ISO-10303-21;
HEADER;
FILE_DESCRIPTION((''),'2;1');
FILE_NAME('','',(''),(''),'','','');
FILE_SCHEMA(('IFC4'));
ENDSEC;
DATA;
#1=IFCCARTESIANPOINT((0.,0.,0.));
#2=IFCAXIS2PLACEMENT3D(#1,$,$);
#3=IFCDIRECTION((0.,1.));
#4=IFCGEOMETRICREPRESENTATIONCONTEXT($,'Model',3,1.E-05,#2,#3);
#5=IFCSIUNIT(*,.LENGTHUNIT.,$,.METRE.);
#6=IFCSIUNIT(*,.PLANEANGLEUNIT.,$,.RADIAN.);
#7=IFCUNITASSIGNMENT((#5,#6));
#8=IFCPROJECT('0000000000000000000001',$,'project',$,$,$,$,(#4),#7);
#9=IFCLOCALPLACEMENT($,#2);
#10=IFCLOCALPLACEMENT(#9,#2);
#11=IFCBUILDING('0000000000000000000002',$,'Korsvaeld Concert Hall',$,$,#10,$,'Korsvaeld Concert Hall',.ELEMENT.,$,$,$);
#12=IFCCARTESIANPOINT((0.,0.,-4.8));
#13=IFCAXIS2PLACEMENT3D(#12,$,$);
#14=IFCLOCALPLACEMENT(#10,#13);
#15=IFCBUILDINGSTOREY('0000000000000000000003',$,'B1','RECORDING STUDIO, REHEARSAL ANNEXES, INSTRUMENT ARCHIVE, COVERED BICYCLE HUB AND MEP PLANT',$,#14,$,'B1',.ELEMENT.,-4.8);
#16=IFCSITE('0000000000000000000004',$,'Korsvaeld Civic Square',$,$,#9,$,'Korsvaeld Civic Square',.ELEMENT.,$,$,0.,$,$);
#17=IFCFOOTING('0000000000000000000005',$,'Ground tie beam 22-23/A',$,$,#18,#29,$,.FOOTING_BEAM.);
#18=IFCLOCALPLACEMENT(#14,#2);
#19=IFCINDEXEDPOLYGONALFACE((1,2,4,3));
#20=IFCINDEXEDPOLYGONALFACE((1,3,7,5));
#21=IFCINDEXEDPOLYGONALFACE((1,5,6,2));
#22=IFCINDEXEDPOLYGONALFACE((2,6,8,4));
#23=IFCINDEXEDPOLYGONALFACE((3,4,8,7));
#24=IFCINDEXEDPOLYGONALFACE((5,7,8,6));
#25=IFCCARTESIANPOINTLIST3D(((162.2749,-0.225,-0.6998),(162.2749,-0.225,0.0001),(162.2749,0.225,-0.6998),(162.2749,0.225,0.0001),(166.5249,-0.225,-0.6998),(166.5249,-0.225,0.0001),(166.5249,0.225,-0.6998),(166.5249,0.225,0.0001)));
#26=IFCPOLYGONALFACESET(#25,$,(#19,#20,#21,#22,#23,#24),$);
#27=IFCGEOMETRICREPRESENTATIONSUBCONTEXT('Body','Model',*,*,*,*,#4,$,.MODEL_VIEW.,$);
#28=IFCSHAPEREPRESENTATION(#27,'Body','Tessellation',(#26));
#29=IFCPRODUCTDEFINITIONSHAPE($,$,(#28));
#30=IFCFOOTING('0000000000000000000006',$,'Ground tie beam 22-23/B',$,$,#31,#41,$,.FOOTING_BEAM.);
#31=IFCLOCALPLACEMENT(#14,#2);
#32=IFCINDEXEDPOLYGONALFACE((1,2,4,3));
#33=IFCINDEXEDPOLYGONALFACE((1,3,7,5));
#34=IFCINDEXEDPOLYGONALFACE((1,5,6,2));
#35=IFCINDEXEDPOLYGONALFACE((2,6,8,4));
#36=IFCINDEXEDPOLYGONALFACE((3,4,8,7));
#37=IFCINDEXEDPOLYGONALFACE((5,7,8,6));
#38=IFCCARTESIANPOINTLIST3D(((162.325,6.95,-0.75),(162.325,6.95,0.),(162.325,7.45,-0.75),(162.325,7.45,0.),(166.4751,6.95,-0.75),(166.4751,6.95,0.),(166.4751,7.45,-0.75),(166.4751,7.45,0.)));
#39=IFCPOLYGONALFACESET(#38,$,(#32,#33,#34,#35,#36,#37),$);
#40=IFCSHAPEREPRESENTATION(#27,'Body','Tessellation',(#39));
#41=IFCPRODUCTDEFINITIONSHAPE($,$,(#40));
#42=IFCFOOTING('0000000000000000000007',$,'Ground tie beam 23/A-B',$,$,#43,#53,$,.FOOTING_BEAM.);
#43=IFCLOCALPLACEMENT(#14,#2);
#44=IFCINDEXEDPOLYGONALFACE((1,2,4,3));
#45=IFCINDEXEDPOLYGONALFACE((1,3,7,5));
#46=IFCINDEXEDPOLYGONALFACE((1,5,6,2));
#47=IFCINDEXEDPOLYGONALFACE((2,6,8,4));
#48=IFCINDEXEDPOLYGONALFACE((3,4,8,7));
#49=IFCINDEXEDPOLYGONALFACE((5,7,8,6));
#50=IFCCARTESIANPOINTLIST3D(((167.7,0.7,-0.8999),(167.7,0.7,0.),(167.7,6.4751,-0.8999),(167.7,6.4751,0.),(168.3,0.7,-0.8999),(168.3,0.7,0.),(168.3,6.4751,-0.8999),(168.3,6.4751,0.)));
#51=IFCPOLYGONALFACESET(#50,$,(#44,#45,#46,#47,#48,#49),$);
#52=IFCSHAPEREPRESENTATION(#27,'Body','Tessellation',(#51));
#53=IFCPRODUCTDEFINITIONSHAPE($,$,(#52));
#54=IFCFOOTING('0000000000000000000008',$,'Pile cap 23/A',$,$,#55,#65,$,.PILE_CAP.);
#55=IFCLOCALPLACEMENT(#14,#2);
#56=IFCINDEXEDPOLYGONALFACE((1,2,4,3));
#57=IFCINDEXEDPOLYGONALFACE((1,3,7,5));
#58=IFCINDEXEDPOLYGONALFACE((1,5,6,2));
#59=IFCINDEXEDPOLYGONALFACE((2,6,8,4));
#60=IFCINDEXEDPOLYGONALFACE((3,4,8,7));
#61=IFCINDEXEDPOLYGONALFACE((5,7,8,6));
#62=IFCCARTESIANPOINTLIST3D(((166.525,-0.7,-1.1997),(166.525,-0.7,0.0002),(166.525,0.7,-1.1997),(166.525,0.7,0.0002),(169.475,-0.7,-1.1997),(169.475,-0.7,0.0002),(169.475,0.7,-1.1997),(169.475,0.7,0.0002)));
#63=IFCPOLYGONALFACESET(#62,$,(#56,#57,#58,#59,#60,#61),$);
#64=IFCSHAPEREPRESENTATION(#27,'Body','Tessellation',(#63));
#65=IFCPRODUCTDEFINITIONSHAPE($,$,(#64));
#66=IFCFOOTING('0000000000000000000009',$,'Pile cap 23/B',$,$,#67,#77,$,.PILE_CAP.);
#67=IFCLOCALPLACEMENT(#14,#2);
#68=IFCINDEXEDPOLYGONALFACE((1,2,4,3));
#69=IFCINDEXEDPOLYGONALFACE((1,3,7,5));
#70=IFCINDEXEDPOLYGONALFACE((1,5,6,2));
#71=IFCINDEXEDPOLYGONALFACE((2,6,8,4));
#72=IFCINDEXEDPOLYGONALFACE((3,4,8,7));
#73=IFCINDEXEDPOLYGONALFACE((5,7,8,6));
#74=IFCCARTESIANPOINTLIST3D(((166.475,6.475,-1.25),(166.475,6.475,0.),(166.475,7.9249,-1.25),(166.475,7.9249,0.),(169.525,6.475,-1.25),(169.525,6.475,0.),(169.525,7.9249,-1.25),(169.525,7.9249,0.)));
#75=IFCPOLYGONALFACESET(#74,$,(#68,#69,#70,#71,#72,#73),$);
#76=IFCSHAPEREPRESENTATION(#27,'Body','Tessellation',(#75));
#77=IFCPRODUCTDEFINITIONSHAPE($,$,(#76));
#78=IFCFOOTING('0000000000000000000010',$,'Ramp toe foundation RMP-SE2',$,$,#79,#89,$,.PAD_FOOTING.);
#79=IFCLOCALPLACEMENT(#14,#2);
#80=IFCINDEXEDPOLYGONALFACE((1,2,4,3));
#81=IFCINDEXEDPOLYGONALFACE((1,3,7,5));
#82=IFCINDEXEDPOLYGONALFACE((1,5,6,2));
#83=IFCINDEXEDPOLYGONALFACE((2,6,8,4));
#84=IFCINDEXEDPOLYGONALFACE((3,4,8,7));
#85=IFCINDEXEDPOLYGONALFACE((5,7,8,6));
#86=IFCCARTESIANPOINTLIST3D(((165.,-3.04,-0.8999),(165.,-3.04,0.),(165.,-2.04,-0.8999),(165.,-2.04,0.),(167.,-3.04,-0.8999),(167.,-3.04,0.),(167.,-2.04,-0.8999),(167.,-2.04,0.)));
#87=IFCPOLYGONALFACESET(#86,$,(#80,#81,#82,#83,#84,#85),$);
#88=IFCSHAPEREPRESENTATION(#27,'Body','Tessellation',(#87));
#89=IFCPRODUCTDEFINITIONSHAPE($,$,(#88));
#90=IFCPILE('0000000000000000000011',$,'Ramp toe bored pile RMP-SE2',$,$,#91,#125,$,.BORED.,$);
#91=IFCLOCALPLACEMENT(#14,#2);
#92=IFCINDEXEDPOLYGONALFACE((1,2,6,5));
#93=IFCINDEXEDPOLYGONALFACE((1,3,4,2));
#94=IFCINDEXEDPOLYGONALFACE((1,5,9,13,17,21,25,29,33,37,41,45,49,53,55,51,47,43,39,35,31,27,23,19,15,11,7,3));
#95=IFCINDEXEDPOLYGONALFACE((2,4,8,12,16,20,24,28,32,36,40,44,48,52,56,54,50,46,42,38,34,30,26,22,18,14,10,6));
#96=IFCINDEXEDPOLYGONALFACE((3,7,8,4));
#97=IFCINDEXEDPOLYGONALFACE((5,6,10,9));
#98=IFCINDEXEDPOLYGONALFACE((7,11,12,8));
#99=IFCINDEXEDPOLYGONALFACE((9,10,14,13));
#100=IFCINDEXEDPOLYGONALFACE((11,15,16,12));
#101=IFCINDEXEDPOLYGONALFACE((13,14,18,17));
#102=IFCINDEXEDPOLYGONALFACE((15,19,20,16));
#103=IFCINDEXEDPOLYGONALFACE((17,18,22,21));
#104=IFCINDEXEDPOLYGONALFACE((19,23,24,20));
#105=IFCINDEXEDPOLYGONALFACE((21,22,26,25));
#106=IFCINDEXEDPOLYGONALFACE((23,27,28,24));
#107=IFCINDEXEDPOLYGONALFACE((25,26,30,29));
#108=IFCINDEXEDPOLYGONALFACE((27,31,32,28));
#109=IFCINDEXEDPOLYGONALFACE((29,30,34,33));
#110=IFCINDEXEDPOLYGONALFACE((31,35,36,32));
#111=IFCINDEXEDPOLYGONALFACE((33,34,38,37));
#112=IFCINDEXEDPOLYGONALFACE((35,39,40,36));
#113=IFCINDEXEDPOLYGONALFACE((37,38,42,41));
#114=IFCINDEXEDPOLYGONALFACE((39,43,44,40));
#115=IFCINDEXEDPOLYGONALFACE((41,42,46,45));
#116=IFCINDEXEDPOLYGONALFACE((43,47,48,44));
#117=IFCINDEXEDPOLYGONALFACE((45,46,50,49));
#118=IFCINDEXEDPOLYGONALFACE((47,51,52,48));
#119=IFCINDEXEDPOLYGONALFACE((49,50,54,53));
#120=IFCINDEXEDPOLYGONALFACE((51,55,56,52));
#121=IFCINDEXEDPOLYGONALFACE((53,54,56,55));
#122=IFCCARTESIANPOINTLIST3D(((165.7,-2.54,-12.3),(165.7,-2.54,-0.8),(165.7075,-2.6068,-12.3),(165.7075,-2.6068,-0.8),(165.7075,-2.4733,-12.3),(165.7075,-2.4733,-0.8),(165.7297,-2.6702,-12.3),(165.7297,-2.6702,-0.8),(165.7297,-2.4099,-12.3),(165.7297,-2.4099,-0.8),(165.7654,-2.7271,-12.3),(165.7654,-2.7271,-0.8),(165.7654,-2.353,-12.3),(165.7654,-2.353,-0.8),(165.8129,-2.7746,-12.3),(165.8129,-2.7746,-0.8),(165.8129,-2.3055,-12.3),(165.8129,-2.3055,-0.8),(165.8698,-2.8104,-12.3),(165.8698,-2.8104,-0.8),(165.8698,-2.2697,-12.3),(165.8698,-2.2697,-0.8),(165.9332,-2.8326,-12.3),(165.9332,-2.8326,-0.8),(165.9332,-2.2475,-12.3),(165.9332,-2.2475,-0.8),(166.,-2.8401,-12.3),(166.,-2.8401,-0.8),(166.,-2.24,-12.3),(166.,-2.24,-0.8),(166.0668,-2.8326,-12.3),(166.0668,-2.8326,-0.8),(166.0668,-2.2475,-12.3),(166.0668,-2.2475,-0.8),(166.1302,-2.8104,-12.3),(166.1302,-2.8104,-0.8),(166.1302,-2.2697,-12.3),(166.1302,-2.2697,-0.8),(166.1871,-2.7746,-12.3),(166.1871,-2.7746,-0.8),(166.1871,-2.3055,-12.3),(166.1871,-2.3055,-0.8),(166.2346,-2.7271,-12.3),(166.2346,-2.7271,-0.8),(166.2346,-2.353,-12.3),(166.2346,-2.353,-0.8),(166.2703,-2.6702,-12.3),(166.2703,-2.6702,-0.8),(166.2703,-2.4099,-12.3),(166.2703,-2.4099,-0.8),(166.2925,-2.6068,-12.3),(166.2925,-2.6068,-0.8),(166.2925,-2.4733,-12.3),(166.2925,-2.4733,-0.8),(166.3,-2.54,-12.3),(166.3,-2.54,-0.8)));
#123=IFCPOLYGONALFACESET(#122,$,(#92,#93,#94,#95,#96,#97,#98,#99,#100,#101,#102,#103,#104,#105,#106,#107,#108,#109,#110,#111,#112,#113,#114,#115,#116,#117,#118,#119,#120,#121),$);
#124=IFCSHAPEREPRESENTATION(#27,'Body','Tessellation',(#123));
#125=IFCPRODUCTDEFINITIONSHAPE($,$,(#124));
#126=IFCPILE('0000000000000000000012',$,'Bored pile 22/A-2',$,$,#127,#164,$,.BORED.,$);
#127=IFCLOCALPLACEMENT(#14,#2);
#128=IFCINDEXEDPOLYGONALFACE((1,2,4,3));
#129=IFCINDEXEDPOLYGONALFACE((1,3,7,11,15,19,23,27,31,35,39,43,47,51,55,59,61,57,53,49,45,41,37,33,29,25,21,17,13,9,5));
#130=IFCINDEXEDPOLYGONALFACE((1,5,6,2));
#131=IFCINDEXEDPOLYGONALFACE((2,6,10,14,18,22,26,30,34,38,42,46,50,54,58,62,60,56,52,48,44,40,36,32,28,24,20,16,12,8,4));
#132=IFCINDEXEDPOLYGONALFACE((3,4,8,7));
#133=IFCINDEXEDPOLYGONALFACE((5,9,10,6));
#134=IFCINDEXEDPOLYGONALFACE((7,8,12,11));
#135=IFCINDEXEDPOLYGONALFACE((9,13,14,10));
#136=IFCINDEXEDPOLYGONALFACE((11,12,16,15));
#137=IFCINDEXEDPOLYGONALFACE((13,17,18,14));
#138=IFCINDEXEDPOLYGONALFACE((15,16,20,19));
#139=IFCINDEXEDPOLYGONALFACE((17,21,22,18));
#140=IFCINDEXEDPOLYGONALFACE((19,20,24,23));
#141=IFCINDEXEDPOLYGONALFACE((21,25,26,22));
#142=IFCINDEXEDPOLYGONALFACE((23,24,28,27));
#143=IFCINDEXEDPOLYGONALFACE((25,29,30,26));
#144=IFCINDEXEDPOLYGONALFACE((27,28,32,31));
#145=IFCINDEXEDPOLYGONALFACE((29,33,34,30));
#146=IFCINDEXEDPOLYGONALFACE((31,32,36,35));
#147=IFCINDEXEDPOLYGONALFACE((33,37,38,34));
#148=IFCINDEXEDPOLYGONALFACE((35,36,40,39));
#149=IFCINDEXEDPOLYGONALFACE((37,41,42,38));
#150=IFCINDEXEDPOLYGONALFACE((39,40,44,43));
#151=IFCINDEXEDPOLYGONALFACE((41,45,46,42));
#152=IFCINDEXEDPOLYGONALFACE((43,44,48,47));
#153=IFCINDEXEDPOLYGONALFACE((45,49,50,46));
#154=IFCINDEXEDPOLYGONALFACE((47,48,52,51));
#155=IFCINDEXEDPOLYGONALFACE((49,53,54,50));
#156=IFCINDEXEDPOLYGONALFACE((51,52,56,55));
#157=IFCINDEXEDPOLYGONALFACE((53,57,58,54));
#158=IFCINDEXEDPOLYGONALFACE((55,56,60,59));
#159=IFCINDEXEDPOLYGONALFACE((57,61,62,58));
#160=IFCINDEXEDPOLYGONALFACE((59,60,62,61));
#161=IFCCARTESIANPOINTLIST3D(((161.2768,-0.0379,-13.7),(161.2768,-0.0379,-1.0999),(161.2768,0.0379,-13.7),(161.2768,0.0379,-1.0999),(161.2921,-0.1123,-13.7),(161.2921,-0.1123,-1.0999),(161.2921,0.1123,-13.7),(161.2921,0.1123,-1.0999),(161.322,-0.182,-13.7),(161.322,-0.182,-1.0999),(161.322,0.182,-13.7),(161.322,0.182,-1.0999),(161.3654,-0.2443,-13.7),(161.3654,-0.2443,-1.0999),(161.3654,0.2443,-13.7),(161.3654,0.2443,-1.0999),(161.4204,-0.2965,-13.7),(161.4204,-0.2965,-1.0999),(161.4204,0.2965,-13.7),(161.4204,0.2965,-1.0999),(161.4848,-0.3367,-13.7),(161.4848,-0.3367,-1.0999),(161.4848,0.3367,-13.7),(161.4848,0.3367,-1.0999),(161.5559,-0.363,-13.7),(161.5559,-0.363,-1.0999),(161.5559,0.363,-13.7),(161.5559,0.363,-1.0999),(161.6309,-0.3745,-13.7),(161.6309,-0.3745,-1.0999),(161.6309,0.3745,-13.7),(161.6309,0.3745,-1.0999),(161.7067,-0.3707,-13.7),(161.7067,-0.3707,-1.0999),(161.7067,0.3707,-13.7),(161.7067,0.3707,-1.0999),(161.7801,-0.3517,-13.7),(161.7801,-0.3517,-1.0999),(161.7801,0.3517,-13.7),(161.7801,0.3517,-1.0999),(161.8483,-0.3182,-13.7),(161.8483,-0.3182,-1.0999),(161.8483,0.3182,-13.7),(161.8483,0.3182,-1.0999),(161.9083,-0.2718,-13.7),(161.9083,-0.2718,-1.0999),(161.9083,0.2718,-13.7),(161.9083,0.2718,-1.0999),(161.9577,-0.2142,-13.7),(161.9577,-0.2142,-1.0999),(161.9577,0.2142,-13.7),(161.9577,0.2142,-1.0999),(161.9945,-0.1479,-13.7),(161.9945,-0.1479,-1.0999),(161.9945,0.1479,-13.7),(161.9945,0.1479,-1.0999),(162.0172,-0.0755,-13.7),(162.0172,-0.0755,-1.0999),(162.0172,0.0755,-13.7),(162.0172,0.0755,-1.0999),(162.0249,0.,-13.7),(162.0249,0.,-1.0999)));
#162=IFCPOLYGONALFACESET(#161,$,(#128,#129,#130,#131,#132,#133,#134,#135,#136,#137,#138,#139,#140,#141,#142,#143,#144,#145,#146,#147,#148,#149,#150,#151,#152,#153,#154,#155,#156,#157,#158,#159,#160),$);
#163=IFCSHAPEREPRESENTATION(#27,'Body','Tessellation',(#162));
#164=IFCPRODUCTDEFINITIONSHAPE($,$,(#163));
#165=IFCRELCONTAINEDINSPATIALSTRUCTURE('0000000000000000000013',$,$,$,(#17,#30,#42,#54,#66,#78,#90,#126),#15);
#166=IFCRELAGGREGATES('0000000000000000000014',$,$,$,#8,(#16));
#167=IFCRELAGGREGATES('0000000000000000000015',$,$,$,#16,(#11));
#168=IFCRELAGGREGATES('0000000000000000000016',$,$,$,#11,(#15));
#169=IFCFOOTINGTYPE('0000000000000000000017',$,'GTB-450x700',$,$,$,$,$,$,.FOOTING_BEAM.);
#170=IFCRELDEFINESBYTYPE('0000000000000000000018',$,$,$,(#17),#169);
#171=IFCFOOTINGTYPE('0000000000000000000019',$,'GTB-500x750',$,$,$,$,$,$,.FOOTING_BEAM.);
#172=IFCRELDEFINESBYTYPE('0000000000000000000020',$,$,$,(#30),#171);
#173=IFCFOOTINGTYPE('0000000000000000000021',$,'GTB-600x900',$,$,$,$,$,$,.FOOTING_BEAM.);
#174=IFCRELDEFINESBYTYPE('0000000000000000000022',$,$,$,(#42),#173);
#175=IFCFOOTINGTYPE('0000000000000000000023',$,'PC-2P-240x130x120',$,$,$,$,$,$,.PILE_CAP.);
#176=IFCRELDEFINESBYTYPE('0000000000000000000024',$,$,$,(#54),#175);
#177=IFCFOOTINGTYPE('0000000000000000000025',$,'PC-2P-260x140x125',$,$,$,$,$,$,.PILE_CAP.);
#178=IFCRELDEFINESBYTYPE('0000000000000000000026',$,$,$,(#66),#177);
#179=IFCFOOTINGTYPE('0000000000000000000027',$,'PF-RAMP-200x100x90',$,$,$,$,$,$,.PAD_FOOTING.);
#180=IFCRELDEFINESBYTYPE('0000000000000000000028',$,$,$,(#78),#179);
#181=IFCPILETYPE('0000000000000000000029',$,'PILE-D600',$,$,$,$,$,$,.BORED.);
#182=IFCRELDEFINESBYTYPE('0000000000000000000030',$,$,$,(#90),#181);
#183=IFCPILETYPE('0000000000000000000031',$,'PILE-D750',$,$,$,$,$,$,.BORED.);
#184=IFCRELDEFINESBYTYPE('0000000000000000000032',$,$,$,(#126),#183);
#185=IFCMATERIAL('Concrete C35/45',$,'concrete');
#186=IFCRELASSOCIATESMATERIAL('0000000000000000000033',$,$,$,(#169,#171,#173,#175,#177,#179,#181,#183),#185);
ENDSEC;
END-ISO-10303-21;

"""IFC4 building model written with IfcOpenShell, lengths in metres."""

from ifc_helpers import new_model, si_unit, direction, frame, origin, origin_2d, place, context, subcontext, project, spatial, rectangle, circle, extrude, material, material_profile, profile_set, type_object, element, save


model = new_model("IFC4")

# Units and contexts
model_context = context("Model", 3, precision=1e-05, world=origin(), true_north=direction((0.0, 1.0)))
body_context = subcontext(model_context, "Body", "Model", "MODEL_VIEW")
ifc_project = project(units=[si_unit("LENGTHUNIT", "METRE"), si_unit("PLANEANGLEUNIT", "RADIAN")], contexts=[model_context])

# Site, building, storey
site_placement = place(None, origin())
site = spatial("IfcSite", under=ifc_project, at=site_placement, Name="Korsvaeld Civic Square", LongName="Korsvaeld Civic Square", CompositionType="ELEMENT", RefElevation=0.0)
building_placement = place(site_placement, origin())
building = spatial("IfcBuilding", under=site, at=building_placement, Name="Korsvaeld Concert Hall", LongName="Korsvaeld Concert Hall", CompositionType="ELEMENT")
storey_placement = place(building_placement, frame((0.0, 0.0, -4.8)))
storey = spatial("IfcBuildingStorey", under=building, at=storey_placement, Name="B1", Description="RECORDING STUDIO, REHEARSAL ANNEXES, INSTRUMENT ARCHIVE, COVERED BICYCLE HUB AND MEP PLANT", LongName="B1", CompositionType="ELEMENT", Elevation=-4.8)

# Footings
ifc_material_1 = material(Name="Concrete C35/45", Category="concrete")
ifc_material_profile_1 = material_profile(ifc_material_1, rectangle(XDim=0.45, YDim=0.7, at=origin_2d()), Name="GTB 450x700")
ifc_profile_set_1 = profile_set([ifc_material_profile_1], Name="Concrete C35/45")
footing_type_1 = type_object("IfcFootingType", Name="GTB-450x700", PredefinedType="FOOTING_BEAM", material=ifc_profile_set_1)
footing_1_placement = place(storey_placement, frame((162.2749, 0.0, -0.3499), z_axis=(1.0, 0.0, 0.0), x_axis=(0.0, 1.0, 0.0)))
element("IfcFooting", 1, at=footing_1_placement, inside=storey, type_object=footing_type_1, Name="Ground tie beam 22-23/A", PredefinedType="FOOTING_BEAM", context=body_context, shape_type="SweptSolid", body=[
    extrude(rectangle(XDim=0.45, YDim=0.7, at=origin_2d()), origin(), (0.0, 0.0, 1.0), 4.25),
])
ifc_material_profile_2 = material_profile(ifc_material_1, rectangle(XDim=0.5, YDim=0.75, at=origin_2d()), Name="GTB 500x750")
ifc_profile_set_2 = profile_set([ifc_material_profile_2], Name="Concrete C35/45")
footing_type_2 = type_object("IfcFootingType", Name="GTB-500x750", PredefinedType="FOOTING_BEAM", material=ifc_profile_set_2)
footing_2_placement = place(storey_placement, frame((162.325, 7.2, -0.375), z_axis=(1.0, 0.0, 0.0), x_axis=(0.0, 1.0, 0.0)))
element("IfcFooting", 2, at=footing_2_placement, inside=storey, type_object=footing_type_2, Name="Ground tie beam 22-23/B", PredefinedType="FOOTING_BEAM", context=body_context, shape_type="SweptSolid", body=[
    extrude(rectangle(XDim=0.5, YDim=0.75, at=origin_2d()), origin(), (0.0, 0.0, 1.0), 4.1501),
])
ifc_material_profile_3 = material_profile(ifc_material_1, rectangle(XDim=0.6001, YDim=0.8999, at=origin_2d()), Name="GTB 600x900")
ifc_profile_set_3 = profile_set([ifc_material_profile_3], Name="Concrete C35/45")
footing_type_3 = type_object("IfcFootingType", Name="GTB-600x900", PredefinedType="FOOTING_BEAM", material=ifc_profile_set_3)
footing_3_placement = place(storey_placement, frame((168.0, 0.7, -0.45), z_axis=(0.0, 1.0, 0.0), x_axis=(-1.0, 0.0, 0.0)))
element("IfcFooting", 3, at=footing_3_placement, inside=storey, type_object=footing_type_3, Name="Ground tie beam 23/A-B", PredefinedType="FOOTING_BEAM", context=body_context, shape_type="SweptSolid", body=[
    extrude(rectangle(XDim=0.6001, YDim=0.8999, at=origin_2d()), origin(), (0.0, 0.0, 1.0), 5.7751),
])
footing_type_4 = type_object("IfcFootingType", Name="PC-2P-240x130x120", PredefinedType="PILE_CAP", material=ifc_material_1)
footing_4_placement = place(storey_placement, frame((168.0, 0.0, -1.1997), z_axis=(0.0, 0.0, 1.0), x_axis=(1.0, 0.0, 0.0)))
element("IfcFooting", 4, at=footing_4_placement, inside=storey, type_object=footing_type_4, Name="Pile cap 23/A", PredefinedType="PILE_CAP", context=body_context, shape_type="SweptSolid", body=[
    extrude(rectangle(XDim=2.95, YDim=1.3999, at=origin_2d()), origin(), (0.0, 0.0, 1.0), 1.2),
])
footing_type_5 = type_object("IfcFootingType", Name="PC-2P-260x140x125", PredefinedType="PILE_CAP", material=ifc_material_1)
footing_5_placement = place(storey_placement, frame((168.0, 7.2, -1.25), z_axis=(0.0, 0.0, 1.0), x_axis=(1.0, 0.0, 0.0)))
element("IfcFooting", 5, at=footing_5_placement, inside=storey, type_object=footing_type_5, Name="Pile cap 23/B", PredefinedType="PILE_CAP", context=body_context, shape_type="SweptSolid", body=[
    extrude(rectangle(XDim=3.05, YDim=1.45, at=origin_2d()), origin(), (0.0, 0.0, 1.0), 1.25),
])
footing_type_6 = type_object("IfcFootingType", Name="PF-RAMP-200x100x90", PredefinedType="PAD_FOOTING", material=ifc_material_1)
footing_6_placement = place(storey_placement, frame((166.0, -2.54, -0.8999), z_axis=(0.0, 0.0, 1.0), x_axis=(1.0, 0.0, 0.0)))
element("IfcFooting", 6, at=footing_6_placement, inside=storey, type_object=footing_type_6, Name="Ramp toe foundation RMP-SE2", PredefinedType="PAD_FOOTING", context=body_context, shape_type="SweptSolid", body=[
    extrude(rectangle(XDim=2.0, YDim=1.0, at=origin_2d()), origin(), (0.0, 0.0, 1.0), 0.8999),
])

# Piles
ifc_material_profile_4 = material_profile(ifc_material_1, circle(Radius=0.3, at=origin_2d()), Name="BORED PILE D600")
ifc_profile_set_4 = profile_set([ifc_material_profile_4], Name="Concrete C35/45")
pile_type_1 = type_object("IfcPileType", Name="PILE-D600", PredefinedType="BORED", material=ifc_profile_set_4)
pile_1_placement = place(storey_placement, frame((166.0, -2.54, -0.8), z_axis=(0.0, 0.0, -1.0), x_axis=(1.0, 0.0, 0.0)))
element("IfcPile", 7, at=pile_1_placement, inside=storey, type_object=pile_type_1, Name="Ramp toe bored pile RMP-SE2", PredefinedType="BORED", context=body_context, shape_type="SweptSolid", body=[
    extrude(circle(Radius=0.3, at=origin_2d()), origin(), (0.0, 0.0, 1.0), 11.5),
])
ifc_material_profile_5 = material_profile(ifc_material_1, circle(Radius=0.375, at=origin_2d()), Name="BORED PILE D750")
ifc_profile_set_5 = profile_set([ifc_material_profile_5], Name="Concrete C35/45")
pile_type_2 = type_object("IfcPileType", Name="PILE-D750", PredefinedType="BORED", material=ifc_profile_set_5)
pile_2_placement = place(storey_placement, frame((161.6499, 0.0, -1.0999), z_axis=(0.0, 0.0, -1.0), x_axis=(1.0, 0.0, 0.0)))
element("IfcPile", 8, at=pile_2_placement, inside=storey, type_object=pile_type_2, Name="Bored pile 22/A-2", PredefinedType="BORED", context=body_context, shape_type="SweptSolid", body=[
    extrude(circle(Radius=0.375, at=origin_2d()), origin(), (0.0, 0.0, 1.0), 12.6001),
])

save(model, "model.ifc")
